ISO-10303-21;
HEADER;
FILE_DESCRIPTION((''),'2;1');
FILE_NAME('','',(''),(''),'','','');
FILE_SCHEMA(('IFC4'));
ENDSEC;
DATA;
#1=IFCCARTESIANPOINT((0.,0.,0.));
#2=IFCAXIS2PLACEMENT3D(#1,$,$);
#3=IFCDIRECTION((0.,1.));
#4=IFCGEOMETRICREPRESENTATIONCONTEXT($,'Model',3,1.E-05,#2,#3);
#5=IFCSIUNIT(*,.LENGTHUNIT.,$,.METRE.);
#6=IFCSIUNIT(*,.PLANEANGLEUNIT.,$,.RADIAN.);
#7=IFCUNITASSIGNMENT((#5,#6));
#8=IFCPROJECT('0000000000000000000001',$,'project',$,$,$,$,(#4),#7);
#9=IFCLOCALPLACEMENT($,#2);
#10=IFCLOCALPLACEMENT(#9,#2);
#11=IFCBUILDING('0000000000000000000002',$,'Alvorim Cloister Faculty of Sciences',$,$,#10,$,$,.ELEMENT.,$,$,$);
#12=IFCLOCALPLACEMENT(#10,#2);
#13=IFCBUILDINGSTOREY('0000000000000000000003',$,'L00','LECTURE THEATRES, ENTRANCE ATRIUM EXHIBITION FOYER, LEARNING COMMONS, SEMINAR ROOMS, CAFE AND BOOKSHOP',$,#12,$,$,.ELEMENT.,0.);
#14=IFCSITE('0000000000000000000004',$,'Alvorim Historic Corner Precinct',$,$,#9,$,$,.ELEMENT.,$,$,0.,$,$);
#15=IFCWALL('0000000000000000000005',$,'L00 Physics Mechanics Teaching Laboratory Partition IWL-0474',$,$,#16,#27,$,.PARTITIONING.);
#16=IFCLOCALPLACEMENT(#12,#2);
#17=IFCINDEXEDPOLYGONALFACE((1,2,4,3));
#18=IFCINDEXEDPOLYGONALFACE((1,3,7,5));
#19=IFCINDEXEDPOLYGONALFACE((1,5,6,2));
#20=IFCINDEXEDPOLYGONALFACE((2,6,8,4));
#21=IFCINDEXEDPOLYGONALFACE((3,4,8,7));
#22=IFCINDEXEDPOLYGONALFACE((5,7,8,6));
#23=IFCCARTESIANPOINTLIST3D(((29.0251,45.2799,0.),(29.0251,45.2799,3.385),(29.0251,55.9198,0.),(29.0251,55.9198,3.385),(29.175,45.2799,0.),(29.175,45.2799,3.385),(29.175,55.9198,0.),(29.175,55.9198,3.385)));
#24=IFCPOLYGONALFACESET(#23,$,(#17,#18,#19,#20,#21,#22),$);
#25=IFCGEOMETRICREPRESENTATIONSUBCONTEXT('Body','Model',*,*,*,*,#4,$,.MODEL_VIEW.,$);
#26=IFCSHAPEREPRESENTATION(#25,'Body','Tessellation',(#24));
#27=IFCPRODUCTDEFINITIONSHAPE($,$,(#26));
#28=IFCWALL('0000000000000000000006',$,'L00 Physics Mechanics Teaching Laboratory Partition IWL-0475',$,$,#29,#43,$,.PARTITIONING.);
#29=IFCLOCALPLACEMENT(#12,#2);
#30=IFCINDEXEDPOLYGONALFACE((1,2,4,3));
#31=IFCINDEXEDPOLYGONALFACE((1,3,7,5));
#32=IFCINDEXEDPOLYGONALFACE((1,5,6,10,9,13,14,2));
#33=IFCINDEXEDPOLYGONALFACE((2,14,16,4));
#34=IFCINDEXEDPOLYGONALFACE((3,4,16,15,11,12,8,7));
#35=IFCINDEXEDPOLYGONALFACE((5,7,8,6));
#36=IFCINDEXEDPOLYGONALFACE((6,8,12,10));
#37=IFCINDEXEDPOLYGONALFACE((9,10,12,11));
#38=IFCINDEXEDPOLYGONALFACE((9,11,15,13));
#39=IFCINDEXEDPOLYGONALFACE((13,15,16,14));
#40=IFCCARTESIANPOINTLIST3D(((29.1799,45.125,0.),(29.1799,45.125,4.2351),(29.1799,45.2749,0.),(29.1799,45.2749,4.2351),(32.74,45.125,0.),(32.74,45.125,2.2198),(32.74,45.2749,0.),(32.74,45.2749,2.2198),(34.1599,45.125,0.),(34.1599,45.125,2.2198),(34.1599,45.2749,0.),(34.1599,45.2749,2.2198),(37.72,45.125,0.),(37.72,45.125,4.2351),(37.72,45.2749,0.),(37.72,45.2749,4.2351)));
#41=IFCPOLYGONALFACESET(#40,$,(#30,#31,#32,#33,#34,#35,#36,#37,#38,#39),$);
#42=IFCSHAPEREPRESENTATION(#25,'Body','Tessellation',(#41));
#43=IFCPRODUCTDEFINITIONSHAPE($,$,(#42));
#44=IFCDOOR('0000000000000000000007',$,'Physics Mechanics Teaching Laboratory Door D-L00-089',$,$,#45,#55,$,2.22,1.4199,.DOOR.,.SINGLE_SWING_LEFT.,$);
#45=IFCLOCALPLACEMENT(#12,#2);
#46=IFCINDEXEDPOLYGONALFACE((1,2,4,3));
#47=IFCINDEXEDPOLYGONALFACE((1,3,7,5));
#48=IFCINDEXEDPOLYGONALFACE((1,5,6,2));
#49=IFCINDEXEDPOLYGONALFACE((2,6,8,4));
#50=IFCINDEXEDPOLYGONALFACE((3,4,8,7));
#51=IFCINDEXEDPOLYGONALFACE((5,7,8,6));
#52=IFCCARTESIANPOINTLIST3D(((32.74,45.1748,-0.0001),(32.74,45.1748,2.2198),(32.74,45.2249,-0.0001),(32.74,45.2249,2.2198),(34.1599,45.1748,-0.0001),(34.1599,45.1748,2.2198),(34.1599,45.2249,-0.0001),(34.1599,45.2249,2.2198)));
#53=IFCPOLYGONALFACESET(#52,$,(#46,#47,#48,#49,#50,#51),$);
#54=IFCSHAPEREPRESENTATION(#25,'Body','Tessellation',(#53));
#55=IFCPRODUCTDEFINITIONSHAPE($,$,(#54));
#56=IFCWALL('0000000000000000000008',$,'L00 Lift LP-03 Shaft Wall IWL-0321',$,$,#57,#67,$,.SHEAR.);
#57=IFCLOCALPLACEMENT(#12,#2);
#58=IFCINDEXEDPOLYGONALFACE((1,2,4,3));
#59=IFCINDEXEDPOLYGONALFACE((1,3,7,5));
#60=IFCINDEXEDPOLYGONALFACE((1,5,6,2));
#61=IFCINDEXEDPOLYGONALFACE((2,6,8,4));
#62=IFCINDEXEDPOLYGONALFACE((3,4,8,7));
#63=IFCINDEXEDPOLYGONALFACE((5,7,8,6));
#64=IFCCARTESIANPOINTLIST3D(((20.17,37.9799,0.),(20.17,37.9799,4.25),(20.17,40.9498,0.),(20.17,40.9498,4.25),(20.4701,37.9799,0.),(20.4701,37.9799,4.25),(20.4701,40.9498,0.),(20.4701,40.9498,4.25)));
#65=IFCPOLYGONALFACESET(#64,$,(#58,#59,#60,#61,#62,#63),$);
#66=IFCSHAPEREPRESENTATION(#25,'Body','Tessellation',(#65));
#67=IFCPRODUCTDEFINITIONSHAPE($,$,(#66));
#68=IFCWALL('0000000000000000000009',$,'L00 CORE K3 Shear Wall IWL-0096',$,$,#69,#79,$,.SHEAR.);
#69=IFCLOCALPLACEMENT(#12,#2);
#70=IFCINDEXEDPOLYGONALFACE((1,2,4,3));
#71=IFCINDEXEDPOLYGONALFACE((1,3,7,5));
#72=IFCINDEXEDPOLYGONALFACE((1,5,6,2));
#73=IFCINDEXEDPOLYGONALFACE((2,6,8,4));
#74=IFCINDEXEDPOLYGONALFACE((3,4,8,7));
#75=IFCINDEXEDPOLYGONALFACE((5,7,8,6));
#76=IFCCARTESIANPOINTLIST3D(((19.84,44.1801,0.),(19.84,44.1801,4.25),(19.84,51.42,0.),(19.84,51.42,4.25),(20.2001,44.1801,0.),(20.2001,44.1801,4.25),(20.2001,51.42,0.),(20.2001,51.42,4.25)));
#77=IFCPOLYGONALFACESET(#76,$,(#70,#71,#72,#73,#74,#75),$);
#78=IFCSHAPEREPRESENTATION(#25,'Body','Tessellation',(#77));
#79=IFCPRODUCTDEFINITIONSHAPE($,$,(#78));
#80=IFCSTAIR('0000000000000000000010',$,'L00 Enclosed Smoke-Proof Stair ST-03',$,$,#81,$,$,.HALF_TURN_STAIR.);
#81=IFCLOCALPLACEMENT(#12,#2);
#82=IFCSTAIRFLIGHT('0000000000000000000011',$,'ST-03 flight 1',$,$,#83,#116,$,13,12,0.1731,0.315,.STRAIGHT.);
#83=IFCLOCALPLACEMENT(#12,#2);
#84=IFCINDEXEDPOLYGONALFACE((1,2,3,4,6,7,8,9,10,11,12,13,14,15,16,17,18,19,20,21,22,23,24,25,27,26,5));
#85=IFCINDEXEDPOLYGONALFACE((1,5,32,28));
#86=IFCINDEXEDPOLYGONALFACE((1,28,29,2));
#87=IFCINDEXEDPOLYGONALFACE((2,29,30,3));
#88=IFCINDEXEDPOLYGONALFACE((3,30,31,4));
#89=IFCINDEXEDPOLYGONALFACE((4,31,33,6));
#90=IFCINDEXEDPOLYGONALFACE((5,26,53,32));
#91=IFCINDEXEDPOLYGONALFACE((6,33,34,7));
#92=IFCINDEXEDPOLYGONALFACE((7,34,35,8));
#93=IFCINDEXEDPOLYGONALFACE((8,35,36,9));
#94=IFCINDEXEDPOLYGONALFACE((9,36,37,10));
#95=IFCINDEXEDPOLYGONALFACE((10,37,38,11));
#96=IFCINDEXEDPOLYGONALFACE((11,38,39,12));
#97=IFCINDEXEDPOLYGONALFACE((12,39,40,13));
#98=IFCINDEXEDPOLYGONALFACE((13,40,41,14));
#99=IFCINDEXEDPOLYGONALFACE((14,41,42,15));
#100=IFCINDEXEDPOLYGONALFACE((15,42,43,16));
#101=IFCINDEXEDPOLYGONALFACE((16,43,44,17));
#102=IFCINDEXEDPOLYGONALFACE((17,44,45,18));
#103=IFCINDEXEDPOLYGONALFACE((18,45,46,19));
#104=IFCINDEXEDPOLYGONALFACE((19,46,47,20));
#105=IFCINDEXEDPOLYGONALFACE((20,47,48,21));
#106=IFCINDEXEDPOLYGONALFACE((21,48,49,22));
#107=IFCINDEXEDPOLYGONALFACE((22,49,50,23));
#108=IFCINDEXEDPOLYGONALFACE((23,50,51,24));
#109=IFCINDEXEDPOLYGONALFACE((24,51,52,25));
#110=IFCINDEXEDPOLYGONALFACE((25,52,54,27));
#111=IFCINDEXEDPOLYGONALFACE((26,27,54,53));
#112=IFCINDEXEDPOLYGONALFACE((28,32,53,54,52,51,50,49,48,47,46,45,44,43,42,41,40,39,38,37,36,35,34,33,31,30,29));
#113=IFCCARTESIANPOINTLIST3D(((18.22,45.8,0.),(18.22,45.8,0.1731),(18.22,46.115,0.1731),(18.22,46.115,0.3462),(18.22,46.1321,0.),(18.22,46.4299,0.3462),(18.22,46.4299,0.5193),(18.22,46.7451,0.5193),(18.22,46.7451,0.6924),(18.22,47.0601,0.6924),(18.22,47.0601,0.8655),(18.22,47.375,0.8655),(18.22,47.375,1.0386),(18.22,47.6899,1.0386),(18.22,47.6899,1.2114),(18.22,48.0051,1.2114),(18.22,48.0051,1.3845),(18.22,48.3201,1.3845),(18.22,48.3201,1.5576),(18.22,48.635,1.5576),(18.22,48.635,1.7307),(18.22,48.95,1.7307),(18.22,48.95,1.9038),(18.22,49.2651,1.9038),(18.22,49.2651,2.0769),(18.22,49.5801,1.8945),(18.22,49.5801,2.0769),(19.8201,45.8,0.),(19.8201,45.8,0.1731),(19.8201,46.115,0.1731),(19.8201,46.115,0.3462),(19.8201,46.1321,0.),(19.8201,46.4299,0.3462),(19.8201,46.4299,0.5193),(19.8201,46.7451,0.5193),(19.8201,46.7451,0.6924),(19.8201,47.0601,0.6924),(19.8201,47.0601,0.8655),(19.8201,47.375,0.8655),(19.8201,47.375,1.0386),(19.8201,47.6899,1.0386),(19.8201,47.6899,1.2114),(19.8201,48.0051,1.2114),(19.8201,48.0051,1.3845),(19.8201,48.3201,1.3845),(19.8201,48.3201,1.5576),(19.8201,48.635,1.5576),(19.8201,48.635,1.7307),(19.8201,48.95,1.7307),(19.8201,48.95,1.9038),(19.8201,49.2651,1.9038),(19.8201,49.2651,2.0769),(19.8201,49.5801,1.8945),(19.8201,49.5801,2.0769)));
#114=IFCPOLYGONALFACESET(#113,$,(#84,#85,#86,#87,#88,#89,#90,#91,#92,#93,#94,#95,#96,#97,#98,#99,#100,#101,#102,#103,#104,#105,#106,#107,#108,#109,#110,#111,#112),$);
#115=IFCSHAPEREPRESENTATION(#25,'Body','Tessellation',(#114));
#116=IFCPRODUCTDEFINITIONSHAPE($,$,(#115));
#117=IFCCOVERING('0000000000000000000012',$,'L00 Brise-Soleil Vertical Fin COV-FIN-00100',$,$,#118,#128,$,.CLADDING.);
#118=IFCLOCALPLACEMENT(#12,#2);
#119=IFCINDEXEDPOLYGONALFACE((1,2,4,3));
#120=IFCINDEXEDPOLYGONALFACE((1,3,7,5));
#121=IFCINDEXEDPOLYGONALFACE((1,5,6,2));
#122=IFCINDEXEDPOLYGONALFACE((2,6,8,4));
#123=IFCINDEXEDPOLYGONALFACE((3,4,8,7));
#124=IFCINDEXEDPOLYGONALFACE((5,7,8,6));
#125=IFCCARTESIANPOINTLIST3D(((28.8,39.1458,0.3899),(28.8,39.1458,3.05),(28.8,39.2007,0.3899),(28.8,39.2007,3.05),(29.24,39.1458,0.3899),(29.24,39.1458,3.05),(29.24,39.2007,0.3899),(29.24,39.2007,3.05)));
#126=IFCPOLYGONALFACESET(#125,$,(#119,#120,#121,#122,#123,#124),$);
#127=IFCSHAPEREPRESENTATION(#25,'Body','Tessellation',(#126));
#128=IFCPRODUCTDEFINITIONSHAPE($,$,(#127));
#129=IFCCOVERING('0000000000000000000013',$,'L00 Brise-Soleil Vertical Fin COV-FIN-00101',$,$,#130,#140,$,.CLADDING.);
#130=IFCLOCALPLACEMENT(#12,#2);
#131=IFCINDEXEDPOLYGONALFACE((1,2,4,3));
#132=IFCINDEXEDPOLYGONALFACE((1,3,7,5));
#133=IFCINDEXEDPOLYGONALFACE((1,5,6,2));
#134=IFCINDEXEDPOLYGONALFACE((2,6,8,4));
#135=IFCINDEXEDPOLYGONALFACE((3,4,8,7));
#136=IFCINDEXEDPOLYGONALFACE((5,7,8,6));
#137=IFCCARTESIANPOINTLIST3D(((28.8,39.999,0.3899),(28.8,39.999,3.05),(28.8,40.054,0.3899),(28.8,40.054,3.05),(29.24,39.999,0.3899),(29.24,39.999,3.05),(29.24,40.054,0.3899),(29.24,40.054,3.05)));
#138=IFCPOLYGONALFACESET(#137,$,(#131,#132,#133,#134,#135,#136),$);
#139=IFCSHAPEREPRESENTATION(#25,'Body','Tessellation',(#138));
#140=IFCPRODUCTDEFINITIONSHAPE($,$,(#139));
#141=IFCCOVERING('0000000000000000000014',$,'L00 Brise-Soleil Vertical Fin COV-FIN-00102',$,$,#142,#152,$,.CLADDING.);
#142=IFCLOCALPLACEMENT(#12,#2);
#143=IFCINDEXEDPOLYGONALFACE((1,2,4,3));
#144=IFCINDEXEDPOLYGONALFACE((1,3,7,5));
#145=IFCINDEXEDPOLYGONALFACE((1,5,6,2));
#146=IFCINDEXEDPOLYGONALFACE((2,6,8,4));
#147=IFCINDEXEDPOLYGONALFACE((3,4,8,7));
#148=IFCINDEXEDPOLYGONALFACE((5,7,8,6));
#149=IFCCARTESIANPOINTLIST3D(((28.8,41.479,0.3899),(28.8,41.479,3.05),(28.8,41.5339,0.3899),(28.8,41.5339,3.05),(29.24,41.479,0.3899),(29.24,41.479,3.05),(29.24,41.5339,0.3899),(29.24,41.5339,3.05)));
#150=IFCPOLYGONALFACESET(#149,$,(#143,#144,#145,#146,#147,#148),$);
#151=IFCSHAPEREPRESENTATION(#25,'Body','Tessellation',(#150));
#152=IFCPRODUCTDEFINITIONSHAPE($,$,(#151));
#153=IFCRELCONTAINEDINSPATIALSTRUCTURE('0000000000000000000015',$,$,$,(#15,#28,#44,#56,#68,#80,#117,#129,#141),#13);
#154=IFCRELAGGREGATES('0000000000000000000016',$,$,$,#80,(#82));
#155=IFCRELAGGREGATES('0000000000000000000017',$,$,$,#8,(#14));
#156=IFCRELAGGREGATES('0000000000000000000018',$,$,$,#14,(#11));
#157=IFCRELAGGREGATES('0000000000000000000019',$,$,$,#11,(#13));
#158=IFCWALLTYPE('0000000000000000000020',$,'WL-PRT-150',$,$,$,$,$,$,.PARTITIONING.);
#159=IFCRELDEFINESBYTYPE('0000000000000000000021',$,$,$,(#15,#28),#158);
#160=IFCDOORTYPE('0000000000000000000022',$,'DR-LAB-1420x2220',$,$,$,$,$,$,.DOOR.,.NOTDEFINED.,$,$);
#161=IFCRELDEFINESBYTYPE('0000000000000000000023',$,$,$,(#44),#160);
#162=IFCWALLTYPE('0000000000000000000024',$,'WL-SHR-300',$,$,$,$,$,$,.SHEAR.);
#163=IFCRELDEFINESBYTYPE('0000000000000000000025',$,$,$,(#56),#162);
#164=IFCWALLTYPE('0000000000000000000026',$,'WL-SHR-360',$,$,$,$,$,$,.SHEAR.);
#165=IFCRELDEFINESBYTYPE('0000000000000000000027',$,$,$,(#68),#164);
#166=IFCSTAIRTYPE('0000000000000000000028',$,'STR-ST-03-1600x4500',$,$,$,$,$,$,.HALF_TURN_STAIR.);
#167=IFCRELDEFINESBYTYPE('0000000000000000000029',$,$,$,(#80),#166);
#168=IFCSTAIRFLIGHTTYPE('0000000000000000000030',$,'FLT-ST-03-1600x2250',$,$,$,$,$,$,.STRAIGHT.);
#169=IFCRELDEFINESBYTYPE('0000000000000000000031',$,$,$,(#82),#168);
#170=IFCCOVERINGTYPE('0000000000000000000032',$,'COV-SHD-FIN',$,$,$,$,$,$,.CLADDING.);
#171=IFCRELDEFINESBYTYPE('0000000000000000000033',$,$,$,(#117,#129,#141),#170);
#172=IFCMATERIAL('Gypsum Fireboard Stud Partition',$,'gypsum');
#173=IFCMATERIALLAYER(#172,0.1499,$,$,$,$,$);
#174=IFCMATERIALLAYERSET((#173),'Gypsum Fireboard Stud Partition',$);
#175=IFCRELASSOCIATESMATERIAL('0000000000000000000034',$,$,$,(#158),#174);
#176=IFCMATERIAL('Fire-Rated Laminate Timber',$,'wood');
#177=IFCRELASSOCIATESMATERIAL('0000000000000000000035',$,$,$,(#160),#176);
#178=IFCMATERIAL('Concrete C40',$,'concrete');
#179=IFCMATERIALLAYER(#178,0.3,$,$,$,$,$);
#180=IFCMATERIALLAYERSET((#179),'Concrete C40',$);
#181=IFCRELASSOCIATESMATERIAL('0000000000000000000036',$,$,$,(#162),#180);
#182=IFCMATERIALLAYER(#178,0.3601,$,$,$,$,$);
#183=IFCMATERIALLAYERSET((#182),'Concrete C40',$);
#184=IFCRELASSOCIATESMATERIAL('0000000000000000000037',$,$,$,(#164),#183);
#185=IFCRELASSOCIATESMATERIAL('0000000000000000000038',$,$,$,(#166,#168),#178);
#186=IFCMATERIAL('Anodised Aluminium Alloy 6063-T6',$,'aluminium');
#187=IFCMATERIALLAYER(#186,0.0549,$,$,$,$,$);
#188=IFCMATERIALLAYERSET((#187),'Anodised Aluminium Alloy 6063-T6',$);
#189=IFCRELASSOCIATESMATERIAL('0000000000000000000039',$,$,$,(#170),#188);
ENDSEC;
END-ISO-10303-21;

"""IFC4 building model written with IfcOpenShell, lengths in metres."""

from ifc_helpers import new_model, si_unit, direction, frame, frame_2d, origin, place, context, subcontext, project, spatial, polyline, rectangle, outline, extrude, material, layer, layer_set, type_object, element, fill, aggregate, save


model = new_model("IFC4")

# Units and contexts
model_context = context("Model", 3, precision=1e-05, world=origin(), true_north=direction((0.0, 1.0)))
body_context = subcontext(model_context, "Body", "Model", "MODEL_VIEW")
ifc_project = project(units=[si_unit("LENGTHUNIT", "METRE"), si_unit("PLANEANGLEUNIT", "RADIAN")], contexts=[model_context])

# Site, building, storey
site_placement = place(None, origin())
site = spatial("IfcSite", under=ifc_project, at=site_placement, Name="Alvorim Historic Corner Precinct", CompositionType="ELEMENT", RefElevation=0.0)
building_placement = place(site_placement, origin())
building = spatial("IfcBuilding", under=site, at=building_placement, Name="Alvorim Cloister Faculty of Sciences", CompositionType="ELEMENT")
storey_placement = place(building_placement, origin())
storey = spatial("IfcBuildingStorey", under=building, at=storey_placement, Name="L00", Description="LECTURE THEATRES, ENTRANCE ATRIUM EXHIBITION FOYER, LEARNING COMMONS, SEMINAR ROOMS, CAFE AND BOOKSHOP", CompositionType="ELEMENT", Elevation=0.0)

# Shared definitions
ifc_material_1 = material(Name="Concrete C40", Category="concrete")

# Wall
ifc_material_2 = material(Name="Gypsum Fireboard Stud Partition", Category="gypsum")
ifc_layer_1 = layer(ifc_material_2, 0.1499)
ifc_layer_set_1 = layer_set([ifc_layer_1], Name="Gypsum Fireboard Stud Partition")
wall_type_1 = type_object("IfcWallType", Name="WL-PRT-150", PredefinedType="PARTITIONING", material=ifc_layer_set_1)
wall_1_placement = place(storey_placement, frame((29.1001, 45.28, 0.0), z_axis=(0.0, 0.0, 1.0), x_axis=(0.0, 1.0, 0.0)))
element("IfcWall", 1, at=wall_1_placement, inside=storey, type_object=wall_type_1, Name="L00 Physics Mechanics Teaching Laboratory Partition IWL-0474", PredefinedType="PARTITIONING", context=body_context, shape_type="SweptSolid", body=[
    extrude(rectangle(XDim=10.6399, YDim=0.1499, at=frame_2d((5.3198, 0.0))), origin(), (0.0, 0.0, 1.0), 3.385),
])

# Wall, opening, door
wall_2_placement = place(storey_placement, frame((29.1799, 45.2, 0.0), z_axis=(0.0, 0.0, 1.0), x_axis=(1.0, 0.0, 0.0)))
wall_2 = element("IfcWall", 2, at=wall_2_placement, inside=storey, type_object=wall_type_1, Name="L00 Physics Mechanics Teaching Laboratory Partition IWL-0475", PredefinedType="PARTITIONING", context=body_context, shape_type="SweptSolid", body=[
    extrude(rectangle(XDim=8.54, YDim=0.1499, at=frame_2d((4.27, 0.0))), origin(), (0.0, 0.0, 1.0), 4.2351),
])
opening_1_placement = place(wall_2_placement, frame((3.5601, 0.0, 0.0)))
opening_1 = element("IfcOpeningElement", 3, at=opening_1_placement, cuts=wall_2, PredefinedType="OPENING", context=body_context, shape_type="SweptSolid", body=[
    extrude(rectangle(XDim=1.4199, YDim=2.22, at=frame_2d((0.71, 1.1099))), frame((0.0, 0.0869, 0.0), z_axis=(0.0, -1.0, 0.0), x_axis=(1.0, 0.0, 0.0)), (0.0, 0.0, 1.0), 0.1738),
])
ifc_material_3 = material(Name="Fire-Rated Laminate Timber", Category="wood")
door_type = type_object("IfcDoorType", Name="DR-LAB-1420x2220", OperationType="NOTDEFINED", PredefinedType="DOOR", material=ifc_material_3)
door_placement = place(opening_1_placement, origin())
door = element("IfcDoor", 4, at=door_placement, inside=storey, type_object=door_type, Name="Physics Mechanics Teaching Laboratory Door D-L00-089", OperationType="SINGLE_SWING_LEFT", OverallHeight=2.22, OverallWidth=1.4199, PredefinedType="DOOR", context=body_context, shape_type="SweptSolid", body=[
    extrude(rectangle(XDim=1.4199, YDim=2.22, at=frame_2d((0.71, 1.1099))), frame((0.0, 0.0249, 0.0), z_axis=(0.0, -1.0, 0.0), x_axis=(1.0, 0.0, 0.0)), (0.0, 0.0, 1.0), 0.05),
])
fill(opening_1, door)

# Walls
ifc_layer_2 = layer(ifc_material_1, 0.3)
ifc_layer_set_2 = layer_set([ifc_layer_2], Name="Concrete C40")
wall_type_2 = type_object("IfcWallType", Name="WL-SHR-300", PredefinedType="SHEAR", material=ifc_layer_set_2)
wall_3_placement = place(storey_placement, frame((20.3201, 37.98, 0.0), z_axis=(0.0, 0.0, 1.0), x_axis=(0.0, 1.0, 0.0)))
element("IfcWall", 5, at=wall_3_placement, inside=storey, type_object=wall_type_2, Name="L00 Lift LP-03 Shaft Wall IWL-0321", PredefinedType="SHEAR", context=body_context, shape_type="SweptSolid", body=[
    extrude(rectangle(XDim=2.97, YDim=0.3, at=frame_2d((1.4849, 0.0))), origin(), (0.0, 0.0, 1.0), 4.25),
])
ifc_layer_3 = layer(ifc_material_1, 0.3601)
ifc_layer_set_3 = layer_set([ifc_layer_3], Name="Concrete C40")
wall_type_3 = type_object("IfcWallType", Name="WL-SHR-360", PredefinedType="SHEAR", material=ifc_layer_set_3)
wall_4_placement = place(storey_placement, frame((20.02, 44.1799, 0.0), z_axis=(0.0, 0.0, 1.0), x_axis=(0.0, 1.0, 0.0)))
element("IfcWall", 6, at=wall_4_placement, inside=storey, type_object=wall_type_3, Name="L00 CORE K3 Shear Wall IWL-0096", PredefinedType="SHEAR", context=body_context, shape_type="SweptSolid", body=[
    extrude(rectangle(XDim=7.24, YDim=0.3601, at=frame_2d((3.6201, 0.0))), origin(), (0.0, 0.0, 1.0), 4.25),
])

# Stair, stair flight
stair_type = type_object("IfcStairType", Name="STR-ST-03-1600x4500", PredefinedType="HALF_TURN_STAIR", material=ifc_material_1)
stair_placement = place(storey_placement, origin())
stair = element("IfcStair", 7, at=stair_placement, inside=storey, type_object=stair_type, Name="L00 Enclosed Smoke-Proof Stair ST-03", PredefinedType="HALF_TURN_STAIR")
stair_flight_type = type_object("IfcStairFlightType", Name="FLT-ST-03-1600x2250", PredefinedType="STRAIGHT", material=ifc_material_1)
stair_flight_placement = place(storey_placement, frame((19.02, 45.8, 0.0), z_axis=(0.0, 0.0, 1.0), x_axis=(0.0, 1.0, 0.0)))
stair_flight = element("IfcStairFlight", 8, at=stair_flight_placement, type_object=stair_flight_type, Name="ST-03 flight 1", NumberOfRisers=13, NumberOfTreads=12, PredefinedType="STRAIGHT", RiserHeight=0.1731, TreadLength=0.315, context=body_context, shape_type="SweptSolid", body=[
    extrude(outline(polyline([(0.332, 0.0), (3.78, 1.8945), (3.78, 2.25), (3.78, 2.0769), (3.4651, 2.0769), (3.4651, 1.9038), (3.1499, 1.9038), (3.1499, 1.7307), (2.835, 1.7307), (2.835, 1.5576), (2.52, 1.5576), (2.52, 1.3845), (2.2051, 1.3845), (2.2051, 1.2114), (1.8899, 1.2114), (1.8899, 1.0386), (1.575, 1.0386), (1.575, 0.8655), (1.26, 0.8655), (1.26, 0.6924), (0.9451, 0.6924), (0.9451, 0.5193), (0.6299, 0.5193), (0.6299, 0.3462), (0.3149, 0.3462), (0.3149, 0.1731), (0.0, 0.1731), (0.0, 0.0), (0.332, 0.0)])), frame((0.0, 0.8, 0.0), z_axis=(0.0, -1.0, 0.0), x_axis=(1.0, 0.0, 0.0)), (0.0, 0.0, 1.0), 1.6001),
])
aggregate(stair, [stair_flight])

# Coverings
ifc_material_4 = material(Name="Anodised Aluminium Alloy 6063-T6", Category="aluminium")
ifc_layer_4 = layer(ifc_material_4, 0.0549)
ifc_layer_set_4 = layer_set([ifc_layer_4], Name="Anodised Aluminium Alloy 6063-T6")
covering_type = type_object("IfcCoveringType", Name="COV-SHD-FIN", PredefinedType="CLADDING", material=ifc_layer_set_4)
for number, where, z_axis, x_axis, name in (
    (9, (28.8, 39.1733, 0.3899), (0.0, 0.0, 1.0), (1.0, 0.0, 0.0), "L00 Brise-Soleil Vertical Fin COV-FIN-00100"),
    (10, (28.8, 40.0266, 0.3899), (0.0, 0.0, 1.0), (1.0, 0.0, 0.0), "L00 Brise-Soleil Vertical Fin COV-FIN-00101"),
    (11, (28.8, 41.5066, 0.3899), (0.0, 0.0, 1.0), (1.0, 0.0, 0.0), "L00 Brise-Soleil Vertical Fin COV-FIN-00102"),
):
    element("IfcCovering", number, at=place(storey_placement, frame(where, z_axis=z_axis, x_axis=x_axis)), inside=storey, type_object=covering_type, Name=name, PredefinedType="CLADDING", context=body_context, shape_type="SweptSolid", body=[
        extrude(outline(polyline([(0.0, 0.0), (0.4399, 0.0), (0.4399, 2.6602), (0.0, 2.6602), (0.0, 0.0)])), frame((0.0, 0.0273, 0.0), z_axis=(0.0, -1.0, 0.0), x_axis=(1.0, 0.0, 0.0)), (0.0, 0.0, 1.0), 0.0549),
    ])

save(model, "model.ifc")
